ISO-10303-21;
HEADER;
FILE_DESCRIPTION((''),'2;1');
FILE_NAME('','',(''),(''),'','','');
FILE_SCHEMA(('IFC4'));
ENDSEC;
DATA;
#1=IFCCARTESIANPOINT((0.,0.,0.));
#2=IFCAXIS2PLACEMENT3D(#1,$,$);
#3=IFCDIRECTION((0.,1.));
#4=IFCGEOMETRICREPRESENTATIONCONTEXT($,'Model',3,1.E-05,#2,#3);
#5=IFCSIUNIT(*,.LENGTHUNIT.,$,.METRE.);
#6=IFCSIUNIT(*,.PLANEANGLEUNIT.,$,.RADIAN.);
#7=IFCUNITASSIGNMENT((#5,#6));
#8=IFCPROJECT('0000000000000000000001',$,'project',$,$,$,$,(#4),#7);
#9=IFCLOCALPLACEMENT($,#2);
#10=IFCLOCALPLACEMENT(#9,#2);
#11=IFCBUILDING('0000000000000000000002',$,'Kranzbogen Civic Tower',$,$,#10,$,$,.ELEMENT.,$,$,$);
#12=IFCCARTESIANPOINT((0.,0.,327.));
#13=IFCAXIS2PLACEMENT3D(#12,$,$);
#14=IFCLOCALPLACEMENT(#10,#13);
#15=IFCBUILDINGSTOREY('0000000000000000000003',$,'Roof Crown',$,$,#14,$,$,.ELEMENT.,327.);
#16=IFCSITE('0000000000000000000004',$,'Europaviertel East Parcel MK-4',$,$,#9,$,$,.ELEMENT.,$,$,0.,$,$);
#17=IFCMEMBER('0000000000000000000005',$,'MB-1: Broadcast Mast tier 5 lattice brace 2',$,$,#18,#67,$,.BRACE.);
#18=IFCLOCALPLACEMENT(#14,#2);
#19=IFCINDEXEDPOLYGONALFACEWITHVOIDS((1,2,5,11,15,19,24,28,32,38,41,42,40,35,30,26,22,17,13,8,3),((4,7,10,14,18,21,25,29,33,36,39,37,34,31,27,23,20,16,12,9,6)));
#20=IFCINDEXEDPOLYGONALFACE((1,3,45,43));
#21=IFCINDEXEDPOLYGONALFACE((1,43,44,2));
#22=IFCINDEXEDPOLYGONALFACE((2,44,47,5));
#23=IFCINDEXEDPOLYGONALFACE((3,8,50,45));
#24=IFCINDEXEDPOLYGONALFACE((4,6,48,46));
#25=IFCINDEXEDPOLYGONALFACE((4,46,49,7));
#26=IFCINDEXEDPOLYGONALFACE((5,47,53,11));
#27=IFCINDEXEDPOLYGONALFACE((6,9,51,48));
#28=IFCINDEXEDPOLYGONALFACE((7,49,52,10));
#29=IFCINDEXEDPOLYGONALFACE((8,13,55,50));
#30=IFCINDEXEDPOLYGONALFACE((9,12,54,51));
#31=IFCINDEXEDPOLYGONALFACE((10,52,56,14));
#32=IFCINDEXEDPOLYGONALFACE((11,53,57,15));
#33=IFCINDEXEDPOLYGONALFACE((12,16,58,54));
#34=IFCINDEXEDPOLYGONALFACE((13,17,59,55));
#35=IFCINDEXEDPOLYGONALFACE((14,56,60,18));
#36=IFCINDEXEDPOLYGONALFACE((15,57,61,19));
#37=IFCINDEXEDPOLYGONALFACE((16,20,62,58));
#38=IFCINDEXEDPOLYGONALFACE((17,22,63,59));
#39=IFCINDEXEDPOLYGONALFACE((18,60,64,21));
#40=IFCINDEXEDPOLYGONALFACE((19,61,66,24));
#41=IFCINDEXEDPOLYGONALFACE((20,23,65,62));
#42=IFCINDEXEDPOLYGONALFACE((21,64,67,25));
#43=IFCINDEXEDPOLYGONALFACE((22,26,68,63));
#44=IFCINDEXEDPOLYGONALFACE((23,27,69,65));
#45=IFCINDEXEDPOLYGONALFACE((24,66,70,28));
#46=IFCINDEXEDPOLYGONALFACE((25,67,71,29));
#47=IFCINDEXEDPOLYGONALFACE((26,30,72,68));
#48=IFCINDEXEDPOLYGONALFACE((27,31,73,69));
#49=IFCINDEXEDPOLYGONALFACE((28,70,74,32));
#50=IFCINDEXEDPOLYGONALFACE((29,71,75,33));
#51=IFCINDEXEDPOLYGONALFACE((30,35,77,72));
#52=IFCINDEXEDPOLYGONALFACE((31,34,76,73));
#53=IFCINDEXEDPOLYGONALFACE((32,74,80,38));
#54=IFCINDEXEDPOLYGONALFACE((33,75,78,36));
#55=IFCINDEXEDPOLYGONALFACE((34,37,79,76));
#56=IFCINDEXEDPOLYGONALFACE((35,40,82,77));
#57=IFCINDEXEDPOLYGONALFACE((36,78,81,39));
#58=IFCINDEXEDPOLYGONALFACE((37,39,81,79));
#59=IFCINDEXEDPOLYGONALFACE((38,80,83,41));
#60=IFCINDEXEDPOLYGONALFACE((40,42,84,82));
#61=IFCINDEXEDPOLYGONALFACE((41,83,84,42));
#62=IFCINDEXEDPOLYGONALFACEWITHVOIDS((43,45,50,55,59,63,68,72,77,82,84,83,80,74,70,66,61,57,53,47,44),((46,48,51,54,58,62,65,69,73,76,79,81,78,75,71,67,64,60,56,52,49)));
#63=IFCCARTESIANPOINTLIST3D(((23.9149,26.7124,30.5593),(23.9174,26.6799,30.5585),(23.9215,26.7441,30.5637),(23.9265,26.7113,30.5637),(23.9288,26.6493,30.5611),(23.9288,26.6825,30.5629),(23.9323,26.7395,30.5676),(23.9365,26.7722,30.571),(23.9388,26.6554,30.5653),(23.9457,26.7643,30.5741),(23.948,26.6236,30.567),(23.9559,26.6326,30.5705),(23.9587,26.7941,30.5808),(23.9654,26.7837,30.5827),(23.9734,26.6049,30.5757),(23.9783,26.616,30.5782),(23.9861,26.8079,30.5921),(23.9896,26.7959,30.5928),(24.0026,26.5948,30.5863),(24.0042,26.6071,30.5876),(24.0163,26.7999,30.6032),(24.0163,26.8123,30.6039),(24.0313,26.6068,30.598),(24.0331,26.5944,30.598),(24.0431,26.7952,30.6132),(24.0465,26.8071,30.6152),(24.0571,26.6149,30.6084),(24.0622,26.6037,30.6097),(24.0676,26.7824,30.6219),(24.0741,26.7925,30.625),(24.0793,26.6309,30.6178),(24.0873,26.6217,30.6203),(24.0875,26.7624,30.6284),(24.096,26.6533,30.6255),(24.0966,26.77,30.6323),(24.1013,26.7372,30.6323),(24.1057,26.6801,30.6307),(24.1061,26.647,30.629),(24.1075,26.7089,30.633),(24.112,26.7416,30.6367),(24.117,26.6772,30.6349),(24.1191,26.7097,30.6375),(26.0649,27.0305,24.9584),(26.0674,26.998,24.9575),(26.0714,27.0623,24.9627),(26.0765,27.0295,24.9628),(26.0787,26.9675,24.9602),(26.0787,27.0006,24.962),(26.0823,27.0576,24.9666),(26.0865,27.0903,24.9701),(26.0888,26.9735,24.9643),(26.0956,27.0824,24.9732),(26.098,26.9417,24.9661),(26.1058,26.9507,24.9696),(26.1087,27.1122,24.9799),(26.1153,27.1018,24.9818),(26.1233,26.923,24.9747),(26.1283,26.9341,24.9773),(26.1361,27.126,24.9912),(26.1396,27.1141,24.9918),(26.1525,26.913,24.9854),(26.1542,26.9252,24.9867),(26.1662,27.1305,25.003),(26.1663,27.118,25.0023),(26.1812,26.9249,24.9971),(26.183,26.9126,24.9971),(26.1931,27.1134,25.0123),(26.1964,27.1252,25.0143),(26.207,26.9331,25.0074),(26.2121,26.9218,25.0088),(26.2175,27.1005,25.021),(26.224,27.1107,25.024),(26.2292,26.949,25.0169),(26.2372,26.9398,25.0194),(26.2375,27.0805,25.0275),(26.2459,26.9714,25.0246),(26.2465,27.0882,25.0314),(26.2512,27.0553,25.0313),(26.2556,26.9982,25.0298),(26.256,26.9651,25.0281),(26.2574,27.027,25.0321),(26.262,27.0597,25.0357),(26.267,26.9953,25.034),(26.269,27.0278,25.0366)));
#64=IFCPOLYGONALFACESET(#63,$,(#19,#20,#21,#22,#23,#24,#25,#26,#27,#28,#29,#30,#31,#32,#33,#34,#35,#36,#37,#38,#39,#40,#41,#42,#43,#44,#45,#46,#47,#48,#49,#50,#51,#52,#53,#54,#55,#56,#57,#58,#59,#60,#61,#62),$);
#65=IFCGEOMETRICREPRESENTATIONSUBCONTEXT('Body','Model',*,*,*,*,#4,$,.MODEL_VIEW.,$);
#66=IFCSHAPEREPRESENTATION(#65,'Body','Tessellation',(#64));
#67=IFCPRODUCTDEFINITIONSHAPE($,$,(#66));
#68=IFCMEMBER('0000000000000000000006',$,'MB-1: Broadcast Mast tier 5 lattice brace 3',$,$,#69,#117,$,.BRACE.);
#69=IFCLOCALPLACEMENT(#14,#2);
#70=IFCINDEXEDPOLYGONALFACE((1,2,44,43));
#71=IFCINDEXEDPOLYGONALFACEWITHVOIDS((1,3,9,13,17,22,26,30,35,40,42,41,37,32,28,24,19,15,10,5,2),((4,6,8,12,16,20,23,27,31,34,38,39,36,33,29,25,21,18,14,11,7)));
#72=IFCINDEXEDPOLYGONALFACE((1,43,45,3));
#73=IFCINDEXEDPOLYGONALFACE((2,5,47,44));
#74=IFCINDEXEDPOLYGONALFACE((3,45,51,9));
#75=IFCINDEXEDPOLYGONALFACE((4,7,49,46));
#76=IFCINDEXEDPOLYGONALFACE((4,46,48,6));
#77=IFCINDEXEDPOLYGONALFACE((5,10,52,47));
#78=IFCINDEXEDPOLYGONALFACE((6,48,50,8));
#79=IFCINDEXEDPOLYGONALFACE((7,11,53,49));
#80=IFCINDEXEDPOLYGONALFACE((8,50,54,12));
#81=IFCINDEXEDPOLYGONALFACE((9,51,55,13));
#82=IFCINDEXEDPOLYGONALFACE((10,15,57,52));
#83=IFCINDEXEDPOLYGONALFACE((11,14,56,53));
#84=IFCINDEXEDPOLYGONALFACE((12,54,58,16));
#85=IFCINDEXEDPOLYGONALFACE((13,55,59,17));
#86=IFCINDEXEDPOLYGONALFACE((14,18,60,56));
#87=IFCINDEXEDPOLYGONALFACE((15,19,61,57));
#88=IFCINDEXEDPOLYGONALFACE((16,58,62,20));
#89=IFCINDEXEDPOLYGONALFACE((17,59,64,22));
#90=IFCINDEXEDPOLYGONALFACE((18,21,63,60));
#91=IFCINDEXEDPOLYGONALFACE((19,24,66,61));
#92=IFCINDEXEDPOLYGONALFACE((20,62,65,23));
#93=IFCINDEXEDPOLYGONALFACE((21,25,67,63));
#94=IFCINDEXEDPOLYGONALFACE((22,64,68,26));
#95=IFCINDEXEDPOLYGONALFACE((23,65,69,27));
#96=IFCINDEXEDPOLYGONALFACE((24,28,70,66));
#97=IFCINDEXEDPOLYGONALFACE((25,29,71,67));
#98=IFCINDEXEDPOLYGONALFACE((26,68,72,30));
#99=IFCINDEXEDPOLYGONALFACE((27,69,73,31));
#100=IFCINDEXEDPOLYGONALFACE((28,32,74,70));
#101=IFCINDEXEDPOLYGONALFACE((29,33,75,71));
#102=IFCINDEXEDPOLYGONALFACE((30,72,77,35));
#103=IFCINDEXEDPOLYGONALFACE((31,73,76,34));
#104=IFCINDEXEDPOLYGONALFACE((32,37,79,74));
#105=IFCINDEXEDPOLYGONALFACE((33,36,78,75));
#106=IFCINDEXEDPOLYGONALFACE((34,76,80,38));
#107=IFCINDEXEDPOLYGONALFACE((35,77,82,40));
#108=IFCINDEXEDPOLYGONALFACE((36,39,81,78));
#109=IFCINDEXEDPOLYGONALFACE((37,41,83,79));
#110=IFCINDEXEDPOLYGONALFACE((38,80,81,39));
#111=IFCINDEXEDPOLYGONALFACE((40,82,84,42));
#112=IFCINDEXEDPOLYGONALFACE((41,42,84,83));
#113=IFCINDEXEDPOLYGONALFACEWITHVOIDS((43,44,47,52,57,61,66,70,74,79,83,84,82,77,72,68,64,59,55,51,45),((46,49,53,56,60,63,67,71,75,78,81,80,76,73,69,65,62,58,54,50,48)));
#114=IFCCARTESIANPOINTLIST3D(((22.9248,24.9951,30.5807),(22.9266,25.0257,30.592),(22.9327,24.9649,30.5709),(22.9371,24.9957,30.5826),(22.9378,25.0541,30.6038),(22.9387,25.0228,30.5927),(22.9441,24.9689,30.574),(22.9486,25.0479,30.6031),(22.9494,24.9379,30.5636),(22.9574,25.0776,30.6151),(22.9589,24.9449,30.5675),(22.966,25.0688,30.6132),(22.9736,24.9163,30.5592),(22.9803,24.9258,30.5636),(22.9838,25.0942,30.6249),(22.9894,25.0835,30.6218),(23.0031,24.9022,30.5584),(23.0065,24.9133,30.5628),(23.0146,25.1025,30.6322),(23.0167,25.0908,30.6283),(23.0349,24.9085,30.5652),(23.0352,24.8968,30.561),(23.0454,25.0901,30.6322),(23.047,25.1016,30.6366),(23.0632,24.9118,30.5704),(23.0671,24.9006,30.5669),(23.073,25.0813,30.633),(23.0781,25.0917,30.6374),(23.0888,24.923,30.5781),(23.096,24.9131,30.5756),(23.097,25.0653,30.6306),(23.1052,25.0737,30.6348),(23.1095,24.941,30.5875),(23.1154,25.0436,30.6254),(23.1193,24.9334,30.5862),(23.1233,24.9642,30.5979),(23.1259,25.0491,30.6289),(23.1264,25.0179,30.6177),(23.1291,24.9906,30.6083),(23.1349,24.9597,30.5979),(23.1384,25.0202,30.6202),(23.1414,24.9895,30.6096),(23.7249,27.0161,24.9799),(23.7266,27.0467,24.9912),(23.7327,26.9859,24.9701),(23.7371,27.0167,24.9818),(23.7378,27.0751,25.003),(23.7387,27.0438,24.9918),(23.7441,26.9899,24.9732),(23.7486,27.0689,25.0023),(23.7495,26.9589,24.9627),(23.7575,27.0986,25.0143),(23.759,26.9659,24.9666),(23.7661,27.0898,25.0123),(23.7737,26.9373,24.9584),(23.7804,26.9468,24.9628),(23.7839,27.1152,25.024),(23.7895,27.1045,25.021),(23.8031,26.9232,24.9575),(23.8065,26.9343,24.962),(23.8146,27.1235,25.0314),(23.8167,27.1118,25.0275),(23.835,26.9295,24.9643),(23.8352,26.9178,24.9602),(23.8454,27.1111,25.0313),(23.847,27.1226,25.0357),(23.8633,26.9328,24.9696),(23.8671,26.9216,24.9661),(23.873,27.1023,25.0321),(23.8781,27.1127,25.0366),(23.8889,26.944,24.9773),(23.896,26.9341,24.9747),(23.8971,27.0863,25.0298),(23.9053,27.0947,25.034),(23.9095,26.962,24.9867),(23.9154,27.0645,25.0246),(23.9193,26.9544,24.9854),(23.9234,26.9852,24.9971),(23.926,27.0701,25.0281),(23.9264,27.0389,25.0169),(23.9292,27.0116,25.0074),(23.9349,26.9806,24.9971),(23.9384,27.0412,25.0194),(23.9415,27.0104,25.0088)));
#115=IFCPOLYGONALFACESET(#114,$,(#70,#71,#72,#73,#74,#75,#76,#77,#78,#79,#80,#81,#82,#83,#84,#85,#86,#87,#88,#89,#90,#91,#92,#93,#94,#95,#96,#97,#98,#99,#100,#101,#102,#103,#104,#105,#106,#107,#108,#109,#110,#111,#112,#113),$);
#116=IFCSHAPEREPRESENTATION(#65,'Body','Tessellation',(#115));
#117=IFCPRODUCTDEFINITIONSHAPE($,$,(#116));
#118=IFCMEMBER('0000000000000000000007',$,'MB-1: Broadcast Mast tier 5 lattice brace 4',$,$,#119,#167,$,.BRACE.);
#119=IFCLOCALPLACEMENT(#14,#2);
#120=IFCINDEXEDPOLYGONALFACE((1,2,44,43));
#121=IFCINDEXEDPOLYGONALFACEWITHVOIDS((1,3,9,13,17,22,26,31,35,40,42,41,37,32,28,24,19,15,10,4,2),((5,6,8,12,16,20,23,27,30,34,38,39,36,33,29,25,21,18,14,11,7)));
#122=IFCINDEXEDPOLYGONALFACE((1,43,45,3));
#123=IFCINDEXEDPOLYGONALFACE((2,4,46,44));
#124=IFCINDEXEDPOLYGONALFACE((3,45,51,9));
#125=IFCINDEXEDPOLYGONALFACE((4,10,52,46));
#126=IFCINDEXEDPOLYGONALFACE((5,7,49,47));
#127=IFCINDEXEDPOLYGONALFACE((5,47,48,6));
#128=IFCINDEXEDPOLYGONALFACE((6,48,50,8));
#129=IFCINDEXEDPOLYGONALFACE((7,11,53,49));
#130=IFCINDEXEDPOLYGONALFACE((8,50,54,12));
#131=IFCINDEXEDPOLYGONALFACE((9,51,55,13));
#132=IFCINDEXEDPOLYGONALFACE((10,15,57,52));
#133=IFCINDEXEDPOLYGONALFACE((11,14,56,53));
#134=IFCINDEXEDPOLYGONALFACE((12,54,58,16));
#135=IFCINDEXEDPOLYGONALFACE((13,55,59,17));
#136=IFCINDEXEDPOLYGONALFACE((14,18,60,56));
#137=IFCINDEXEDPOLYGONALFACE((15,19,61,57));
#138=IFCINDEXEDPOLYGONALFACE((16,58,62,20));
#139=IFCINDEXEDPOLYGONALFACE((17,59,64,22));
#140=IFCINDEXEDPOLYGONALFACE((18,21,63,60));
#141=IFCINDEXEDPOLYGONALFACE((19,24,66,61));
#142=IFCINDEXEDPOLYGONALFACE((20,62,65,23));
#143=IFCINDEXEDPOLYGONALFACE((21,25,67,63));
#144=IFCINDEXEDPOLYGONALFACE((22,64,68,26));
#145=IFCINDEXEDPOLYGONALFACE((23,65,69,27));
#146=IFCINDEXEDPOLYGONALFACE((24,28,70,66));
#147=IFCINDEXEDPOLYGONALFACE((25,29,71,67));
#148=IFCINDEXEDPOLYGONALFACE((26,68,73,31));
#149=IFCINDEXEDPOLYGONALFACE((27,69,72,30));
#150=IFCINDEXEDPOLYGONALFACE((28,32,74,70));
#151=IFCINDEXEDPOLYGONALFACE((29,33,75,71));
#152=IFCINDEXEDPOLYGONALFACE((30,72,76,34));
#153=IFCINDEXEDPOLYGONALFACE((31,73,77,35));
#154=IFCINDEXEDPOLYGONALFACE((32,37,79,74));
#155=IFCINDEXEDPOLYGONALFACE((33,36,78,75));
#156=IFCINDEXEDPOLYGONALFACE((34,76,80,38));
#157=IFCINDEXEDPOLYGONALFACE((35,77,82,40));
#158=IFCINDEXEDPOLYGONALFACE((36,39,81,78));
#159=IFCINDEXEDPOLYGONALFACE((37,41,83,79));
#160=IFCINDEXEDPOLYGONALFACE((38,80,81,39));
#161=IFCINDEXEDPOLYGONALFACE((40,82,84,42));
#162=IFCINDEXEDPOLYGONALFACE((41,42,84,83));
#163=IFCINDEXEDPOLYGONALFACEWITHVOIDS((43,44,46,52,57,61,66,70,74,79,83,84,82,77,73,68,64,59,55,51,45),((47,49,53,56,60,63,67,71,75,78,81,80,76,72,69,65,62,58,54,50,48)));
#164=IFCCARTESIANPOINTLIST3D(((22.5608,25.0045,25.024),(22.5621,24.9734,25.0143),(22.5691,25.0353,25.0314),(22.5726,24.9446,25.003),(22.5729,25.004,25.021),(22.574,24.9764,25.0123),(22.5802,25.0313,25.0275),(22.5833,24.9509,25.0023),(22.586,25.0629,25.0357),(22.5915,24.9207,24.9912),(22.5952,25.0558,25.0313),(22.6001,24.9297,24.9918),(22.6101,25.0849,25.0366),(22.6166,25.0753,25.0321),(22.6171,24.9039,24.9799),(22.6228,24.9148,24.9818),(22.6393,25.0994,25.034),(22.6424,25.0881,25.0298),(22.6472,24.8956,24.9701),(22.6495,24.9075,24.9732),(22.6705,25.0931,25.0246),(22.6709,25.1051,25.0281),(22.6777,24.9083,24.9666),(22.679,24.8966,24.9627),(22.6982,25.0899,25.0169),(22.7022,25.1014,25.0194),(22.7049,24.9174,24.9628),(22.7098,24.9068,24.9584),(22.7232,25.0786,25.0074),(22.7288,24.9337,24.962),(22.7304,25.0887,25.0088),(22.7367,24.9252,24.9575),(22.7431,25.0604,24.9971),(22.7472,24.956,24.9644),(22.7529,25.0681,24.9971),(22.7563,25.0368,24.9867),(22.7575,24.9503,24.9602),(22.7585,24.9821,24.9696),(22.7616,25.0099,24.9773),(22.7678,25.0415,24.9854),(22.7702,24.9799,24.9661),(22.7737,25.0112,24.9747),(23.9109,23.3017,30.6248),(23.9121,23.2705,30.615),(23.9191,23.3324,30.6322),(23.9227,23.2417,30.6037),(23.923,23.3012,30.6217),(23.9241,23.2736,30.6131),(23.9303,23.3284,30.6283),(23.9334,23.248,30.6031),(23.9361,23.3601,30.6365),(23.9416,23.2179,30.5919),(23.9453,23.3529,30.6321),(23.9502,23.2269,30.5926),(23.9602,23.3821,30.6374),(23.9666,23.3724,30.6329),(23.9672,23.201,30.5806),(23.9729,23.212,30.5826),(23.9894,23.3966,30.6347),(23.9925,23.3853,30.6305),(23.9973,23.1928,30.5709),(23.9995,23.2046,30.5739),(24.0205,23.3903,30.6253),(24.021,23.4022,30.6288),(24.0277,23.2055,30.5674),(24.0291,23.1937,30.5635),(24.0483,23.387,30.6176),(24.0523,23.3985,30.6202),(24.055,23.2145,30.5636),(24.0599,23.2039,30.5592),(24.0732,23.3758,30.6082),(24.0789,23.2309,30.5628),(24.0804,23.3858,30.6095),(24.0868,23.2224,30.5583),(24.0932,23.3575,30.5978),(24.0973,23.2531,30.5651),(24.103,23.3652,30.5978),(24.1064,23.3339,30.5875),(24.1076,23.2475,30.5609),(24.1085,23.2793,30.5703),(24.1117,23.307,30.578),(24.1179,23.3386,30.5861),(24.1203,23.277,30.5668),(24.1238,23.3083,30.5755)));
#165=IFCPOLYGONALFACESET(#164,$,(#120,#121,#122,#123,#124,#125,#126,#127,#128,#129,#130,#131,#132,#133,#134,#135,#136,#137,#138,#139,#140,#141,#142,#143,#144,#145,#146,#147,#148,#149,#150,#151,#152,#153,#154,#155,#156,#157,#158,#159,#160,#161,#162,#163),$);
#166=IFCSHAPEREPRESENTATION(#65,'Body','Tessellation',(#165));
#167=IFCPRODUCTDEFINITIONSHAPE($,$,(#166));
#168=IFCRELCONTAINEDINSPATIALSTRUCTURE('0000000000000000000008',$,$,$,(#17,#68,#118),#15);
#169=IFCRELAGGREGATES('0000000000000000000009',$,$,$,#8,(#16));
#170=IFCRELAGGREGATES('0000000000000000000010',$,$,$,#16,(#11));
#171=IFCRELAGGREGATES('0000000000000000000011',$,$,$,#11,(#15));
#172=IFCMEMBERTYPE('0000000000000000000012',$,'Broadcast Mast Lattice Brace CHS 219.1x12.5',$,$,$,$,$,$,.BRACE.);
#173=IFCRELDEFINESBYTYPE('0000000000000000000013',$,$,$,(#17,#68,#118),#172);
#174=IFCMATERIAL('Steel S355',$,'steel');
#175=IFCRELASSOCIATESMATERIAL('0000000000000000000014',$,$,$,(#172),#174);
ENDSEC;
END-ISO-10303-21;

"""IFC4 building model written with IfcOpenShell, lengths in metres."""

from ifc_helpers import new_model, si_unit, direction, frame, origin, origin_2d, place, context, subcontext, project, spatial, hollow_circle, extrude, material, material_profile, profile_set, type_object, element, save


model = new_model("IFC4")

# Units and contexts
model_context = context("Model", 3, precision=1e-05, world=origin(), true_north=direction((0.0, 1.0)))
body_context = subcontext(model_context, "Body", "Model", "MODEL_VIEW")
ifc_project = project(units=[si_unit("LENGTHUNIT", "METRE"), si_unit("PLANEANGLEUNIT", "RADIAN")], contexts=[model_context])

# Site, building, storey
site_placement = place(None, origin())
site = spatial("IfcSite", under=ifc_project, at=site_placement, Name="Europaviertel East Parcel MK-4", CompositionType="ELEMENT", RefElevation=0.0)
building_placement = place(site_placement, origin())
building = spatial("IfcBuilding", under=site, at=building_placement, Name="Kranzbogen Civic Tower", CompositionType="ELEMENT")
storey_placement = place(building_placement, frame((0.0, 0.0, 327.0)))
storey = spatial("IfcBuildingStorey", under=building, at=storey_placement, Name="Roof Crown", CompositionType="ELEMENT", Elevation=327.0)

# Members
ifc_material = material(Name="Steel S355", Category="steel")
ifc_material_profile_1 = material_profile(ifc_material, hollow_circle(Radius=0.1096, WallThickness=0.0125, at=origin_2d()), Name="CHS 219.1x12.5")
ifc_profile_set_1 = profile_set([ifc_material_profile_1], Name="Steel S355")
member_type_1 = type_object("IfcMemberType", Name="Broadcast Mast Lattice Brace CHS 219.1x12.5", PredefinedType="BRACE", material=ifc_profile_set_1)
for number, where, z_axis, x_axis, name in (
    (1, (26.167, 27.021, 24.9971), (-0.357857, -0.052951, 0.932274), (0.146374, -0.989229, 0.0), "MB-1: Broadcast Mast tier 5 lattice brace 2"),
    (2, (23.833, 27.021, 24.9971), (-0.133168, -0.336395, 0.932258), (0.929795, -0.368077, 0.0), "MB-1: Broadcast Mast tier 5 lattice brace 3"),
):
    element("IfcMember", number, at=place(storey_placement, frame(where, z_axis=z_axis, x_axis=x_axis)), inside=storey, type_object=member_type_1, Name=name, PredefinedType="BRACE", context=body_context, shape_type="SweptSolid", body=[
        extrude(hollow_circle(Radius=0.1096, WallThickness=0.0125, at=origin_2d()), origin(), (0.0, 0.0, 1.0), 6.0078),
    ])
member_1_placement = place(storey_placement, frame((22.667, 25.0, 24.9971), z_axis=(0.22473, -0.283452, 0.932283), x_axis=(0.783601, 0.621264, 0.0)))
element("IfcMember", 3, at=member_1_placement, inside=storey, type_object=member_type_1, Name="MB-1: Broadcast Mast tier 5 lattice brace 4", PredefinedType="BRACE", context=body_context, shape_type="SweptSolid", body=[
    extrude(hollow_circle(Radius=0.1096, WallThickness=0.0125, at=origin_2d()), origin(), (0.0, 0.0, 1.0), 6.0076),
])

save(model, "model.ifc")
